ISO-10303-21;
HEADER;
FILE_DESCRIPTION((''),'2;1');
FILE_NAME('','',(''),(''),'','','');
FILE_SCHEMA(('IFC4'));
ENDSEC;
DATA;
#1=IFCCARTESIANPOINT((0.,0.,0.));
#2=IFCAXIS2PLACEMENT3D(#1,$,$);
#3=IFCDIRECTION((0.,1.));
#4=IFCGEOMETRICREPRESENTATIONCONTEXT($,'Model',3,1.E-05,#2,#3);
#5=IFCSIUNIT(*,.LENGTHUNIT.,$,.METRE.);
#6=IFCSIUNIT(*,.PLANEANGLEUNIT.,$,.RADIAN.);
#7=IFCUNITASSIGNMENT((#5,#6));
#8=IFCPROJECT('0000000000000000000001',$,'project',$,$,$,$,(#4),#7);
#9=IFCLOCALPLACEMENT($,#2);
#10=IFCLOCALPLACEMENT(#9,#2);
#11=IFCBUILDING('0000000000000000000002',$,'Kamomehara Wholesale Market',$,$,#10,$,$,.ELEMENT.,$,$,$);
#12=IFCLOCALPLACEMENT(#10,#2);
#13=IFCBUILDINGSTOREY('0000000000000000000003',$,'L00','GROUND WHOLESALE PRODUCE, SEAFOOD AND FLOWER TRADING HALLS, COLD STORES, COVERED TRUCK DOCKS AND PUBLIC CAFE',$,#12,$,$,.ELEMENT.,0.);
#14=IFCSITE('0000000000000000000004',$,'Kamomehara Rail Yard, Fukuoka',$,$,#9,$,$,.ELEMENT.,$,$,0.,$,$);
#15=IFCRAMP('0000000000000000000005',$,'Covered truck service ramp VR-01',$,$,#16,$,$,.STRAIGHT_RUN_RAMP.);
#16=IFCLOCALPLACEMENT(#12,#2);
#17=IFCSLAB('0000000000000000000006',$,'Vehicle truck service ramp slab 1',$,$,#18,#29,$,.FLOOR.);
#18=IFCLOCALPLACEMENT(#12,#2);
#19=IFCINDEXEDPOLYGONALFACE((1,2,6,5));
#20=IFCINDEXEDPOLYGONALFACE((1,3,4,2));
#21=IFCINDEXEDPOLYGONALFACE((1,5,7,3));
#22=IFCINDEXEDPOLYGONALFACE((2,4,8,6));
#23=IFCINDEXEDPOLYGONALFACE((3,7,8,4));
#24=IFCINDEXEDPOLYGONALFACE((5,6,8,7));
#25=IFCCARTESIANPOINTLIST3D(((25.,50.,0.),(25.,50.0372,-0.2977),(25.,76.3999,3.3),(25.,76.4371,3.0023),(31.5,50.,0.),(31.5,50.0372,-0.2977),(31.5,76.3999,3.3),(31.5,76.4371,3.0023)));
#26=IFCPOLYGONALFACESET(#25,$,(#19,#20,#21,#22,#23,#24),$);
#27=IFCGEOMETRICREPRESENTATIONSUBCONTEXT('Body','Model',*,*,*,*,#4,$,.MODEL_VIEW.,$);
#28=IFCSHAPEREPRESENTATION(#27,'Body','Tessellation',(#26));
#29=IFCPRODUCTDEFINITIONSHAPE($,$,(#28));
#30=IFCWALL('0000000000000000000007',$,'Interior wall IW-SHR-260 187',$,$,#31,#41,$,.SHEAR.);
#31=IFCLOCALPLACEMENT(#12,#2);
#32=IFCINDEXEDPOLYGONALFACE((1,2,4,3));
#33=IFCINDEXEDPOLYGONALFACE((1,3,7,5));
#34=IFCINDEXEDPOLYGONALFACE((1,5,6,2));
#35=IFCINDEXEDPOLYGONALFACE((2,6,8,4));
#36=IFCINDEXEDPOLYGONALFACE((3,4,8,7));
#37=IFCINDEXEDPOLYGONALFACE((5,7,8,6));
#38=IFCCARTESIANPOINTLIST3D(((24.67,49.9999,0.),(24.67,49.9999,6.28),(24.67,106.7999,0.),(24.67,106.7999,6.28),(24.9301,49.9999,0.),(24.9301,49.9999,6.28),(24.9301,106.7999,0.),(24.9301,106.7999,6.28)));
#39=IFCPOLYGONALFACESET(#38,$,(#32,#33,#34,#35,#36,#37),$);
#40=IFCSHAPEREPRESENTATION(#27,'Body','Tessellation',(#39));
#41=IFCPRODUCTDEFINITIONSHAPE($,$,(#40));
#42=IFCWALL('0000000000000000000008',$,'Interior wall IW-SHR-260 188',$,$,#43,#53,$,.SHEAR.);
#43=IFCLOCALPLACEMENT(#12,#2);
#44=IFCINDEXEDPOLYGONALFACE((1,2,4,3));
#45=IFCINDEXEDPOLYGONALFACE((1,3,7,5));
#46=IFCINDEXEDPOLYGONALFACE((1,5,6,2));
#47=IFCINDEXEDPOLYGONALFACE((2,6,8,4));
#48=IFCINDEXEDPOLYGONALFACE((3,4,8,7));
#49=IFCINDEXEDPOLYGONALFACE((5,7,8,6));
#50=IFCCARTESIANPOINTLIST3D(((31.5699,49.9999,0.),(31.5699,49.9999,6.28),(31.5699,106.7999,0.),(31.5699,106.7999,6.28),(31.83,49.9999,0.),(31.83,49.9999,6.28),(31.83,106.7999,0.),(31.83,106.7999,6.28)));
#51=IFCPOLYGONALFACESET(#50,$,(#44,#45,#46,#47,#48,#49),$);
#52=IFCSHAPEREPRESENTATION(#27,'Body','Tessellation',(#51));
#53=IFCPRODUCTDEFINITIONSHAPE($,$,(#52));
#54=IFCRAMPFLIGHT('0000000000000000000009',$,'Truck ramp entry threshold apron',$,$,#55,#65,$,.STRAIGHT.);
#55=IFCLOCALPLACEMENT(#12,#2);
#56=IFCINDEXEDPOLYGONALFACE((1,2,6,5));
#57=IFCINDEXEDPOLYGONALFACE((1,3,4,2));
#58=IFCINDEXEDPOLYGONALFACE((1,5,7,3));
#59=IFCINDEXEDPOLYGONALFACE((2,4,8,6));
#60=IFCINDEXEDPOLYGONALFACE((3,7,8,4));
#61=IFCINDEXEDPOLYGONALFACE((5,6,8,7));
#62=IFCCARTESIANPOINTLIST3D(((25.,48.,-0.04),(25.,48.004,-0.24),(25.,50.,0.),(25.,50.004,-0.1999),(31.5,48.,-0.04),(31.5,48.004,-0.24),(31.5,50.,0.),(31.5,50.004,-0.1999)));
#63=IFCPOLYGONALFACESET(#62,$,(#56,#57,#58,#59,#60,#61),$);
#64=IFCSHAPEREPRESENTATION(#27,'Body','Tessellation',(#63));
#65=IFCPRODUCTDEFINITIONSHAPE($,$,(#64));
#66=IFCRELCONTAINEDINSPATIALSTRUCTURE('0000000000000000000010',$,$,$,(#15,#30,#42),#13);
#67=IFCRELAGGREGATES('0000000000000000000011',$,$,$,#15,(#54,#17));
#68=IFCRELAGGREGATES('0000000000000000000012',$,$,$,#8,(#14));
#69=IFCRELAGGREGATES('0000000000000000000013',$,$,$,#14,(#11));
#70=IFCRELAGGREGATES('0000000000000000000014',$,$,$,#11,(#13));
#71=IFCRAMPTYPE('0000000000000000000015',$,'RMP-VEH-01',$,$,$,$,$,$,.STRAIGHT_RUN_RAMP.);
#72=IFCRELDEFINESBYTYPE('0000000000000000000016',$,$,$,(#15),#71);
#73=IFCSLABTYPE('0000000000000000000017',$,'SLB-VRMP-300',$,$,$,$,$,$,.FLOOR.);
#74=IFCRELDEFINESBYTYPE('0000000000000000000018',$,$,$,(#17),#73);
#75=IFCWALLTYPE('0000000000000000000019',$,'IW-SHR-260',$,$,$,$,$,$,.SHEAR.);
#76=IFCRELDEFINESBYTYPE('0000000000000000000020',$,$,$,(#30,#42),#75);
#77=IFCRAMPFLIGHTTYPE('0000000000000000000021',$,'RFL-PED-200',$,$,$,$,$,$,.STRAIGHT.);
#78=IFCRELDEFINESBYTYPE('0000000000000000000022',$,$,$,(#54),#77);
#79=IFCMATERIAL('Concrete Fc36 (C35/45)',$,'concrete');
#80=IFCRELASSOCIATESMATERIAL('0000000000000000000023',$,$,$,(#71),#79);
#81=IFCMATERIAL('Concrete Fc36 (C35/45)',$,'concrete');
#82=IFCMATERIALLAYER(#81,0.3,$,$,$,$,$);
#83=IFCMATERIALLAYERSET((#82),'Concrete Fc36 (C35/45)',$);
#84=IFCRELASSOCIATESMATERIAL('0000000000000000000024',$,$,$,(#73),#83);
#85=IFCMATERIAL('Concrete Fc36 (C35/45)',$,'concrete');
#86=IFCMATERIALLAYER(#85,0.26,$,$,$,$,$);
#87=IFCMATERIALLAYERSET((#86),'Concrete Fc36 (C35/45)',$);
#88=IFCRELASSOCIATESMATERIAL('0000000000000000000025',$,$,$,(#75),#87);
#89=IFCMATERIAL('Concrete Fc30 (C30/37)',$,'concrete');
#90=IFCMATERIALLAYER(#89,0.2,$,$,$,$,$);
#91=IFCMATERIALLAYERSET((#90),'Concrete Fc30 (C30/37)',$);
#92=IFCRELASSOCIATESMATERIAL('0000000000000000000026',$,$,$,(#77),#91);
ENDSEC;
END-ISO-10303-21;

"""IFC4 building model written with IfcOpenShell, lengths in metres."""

from ifc_helpers import new_model, si_unit, direction, frame, frame_2d, origin, place, context, subcontext, project, spatial, polyline, rectangle, outline, extrude, material, layer, layer_set, type_object, element, aggregate, save


model = new_model("IFC4")

# Units and contexts
model_context = context("Model", 3, precision=1e-05, world=origin(), true_north=direction((0.0, 1.0)))
body_context = subcontext(model_context, "Body", "Model", "MODEL_VIEW")
ifc_project = project(units=[si_unit("LENGTHUNIT", "METRE"), si_unit("PLANEANGLEUNIT", "RADIAN")], contexts=[model_context])

# Site, building, storey
site_placement = place(None, origin())
site = spatial("IfcSite", under=ifc_project, at=site_placement, Name="Kamomehara Rail Yard, Fukuoka", CompositionType="ELEMENT", RefElevation=0.0)
building_placement = place(site_placement, origin())
building = spatial("IfcBuilding", under=site, at=building_placement, Name="Kamomehara Wholesale Market", CompositionType="ELEMENT")
storey_placement = place(building_placement, origin())
storey = spatial("IfcBuildingStorey", under=building, at=storey_placement, Name="L00", Description="GROUND WHOLESALE PRODUCE, SEAFOOD AND FLOWER TRADING HALLS, COLD STORES, COVERED TRUCK DOCKS AND PUBLIC CAFE", CompositionType="ELEMENT", Elevation=0.0)

# Ramp, slab
ifc_material_1 = material(Name="Concrete Fc36 (C35/45)", Category="concrete")
ramp_type = type_object("IfcRampType", Name="RMP-VEH-01", PredefinedType="STRAIGHT_RUN_RAMP", material=ifc_material_1)
ramp_placement = place(storey_placement, origin())
ramp = element("IfcRamp", 1, at=ramp_placement, inside=storey, type_object=ramp_type, Name="Covered truck service ramp VR-01", PredefinedType="STRAIGHT_RUN_RAMP")
ifc_material_2 = material(Name="Concrete Fc36 (C35/45)", Category="concrete")
ifc_layer_1 = layer(ifc_material_2, 0.3)
ifc_layer_set_1 = layer_set([ifc_layer_1], Name="Concrete Fc36 (C35/45)")
slab_type = type_object("IfcSlabType", Name="SLB-VRMP-300", PredefinedType="FLOOR", material=ifc_layer_set_1)
slab_placement = place(storey_placement, frame((25.0, 50.0, 0.0), z_axis=(0.0, -0.124037, 0.992278), x_axis=(1.0, 0.0, 0.0)))
slab = element("IfcSlab", 2, at=slab_placement, type_object=slab_type, Name="Vehicle truck service ramp slab 1", PredefinedType="FLOOR", context=body_context, shape_type="SweptSolid", body=[
    extrude(outline(polyline([(0.0, 0.0), (6.5, 0.0), (6.5, 26.6054), (0.0, 26.6054), (0.0, 0.0)])), origin(), (0.0, 0.0, -1.0), 0.3),
])

# Walls
ifc_material_3 = material(Name="Concrete Fc36 (C35/45)", Category="concrete")
ifc_layer_2 = layer(ifc_material_3, 0.26)
ifc_layer_set_2 = layer_set([ifc_layer_2], Name="Concrete Fc36 (C35/45)")
wall_type = type_object("IfcWallType", Name="IW-SHR-260", PredefinedType="SHEAR", material=ifc_layer_set_2)
for number, where, z_axis, x_axis, name in (
    (3, (24.8, 50.0, 0.0), (0.0, 0.0, 1.0), (0.0, 1.0, 0.0), "Interior wall IW-SHR-260 187"),
    (4, (31.7, 50.0, 0.0), (0.0, 0.0, 1.0), (0.0, 1.0, 0.0), "Interior wall IW-SHR-260 188"),
):
    element("IfcWall", number, at=place(storey_placement, frame(where, z_axis=z_axis, x_axis=x_axis)), inside=storey, type_object=wall_type, Name=name, PredefinedType="SHEAR", context=body_context, shape_type="SweptSolid", body=[
        extrude(rectangle(XDim=56.8, YDim=0.26, at=frame_2d((28.3999, 0.0))), origin(), (0.0, 0.0, 1.0), 6.28),
    ])

# Ramp flight
ifc_material_4 = material(Name="Concrete Fc30 (C30/37)", Category="concrete")
ifc_layer_3 = layer(ifc_material_4, 0.2)
ifc_layer_set_3 = layer_set([ifc_layer_3], Name="Concrete Fc30 (C30/37)")
ramp_flight_type = type_object("IfcRampFlightType", Name="RFL-PED-200", PredefinedType="STRAIGHT", material=ifc_layer_set_3)
ramp_flight_placement = place(storey_placement, frame((25.0, 48.0, -0.04), z_axis=(0.0, -0.020016, 0.9998), x_axis=(1.0, 0.0, 0.0)))
ramp_flight = element("IfcRampFlight", 5, at=ramp_flight_placement, type_object=ramp_flight_type, Name="Truck ramp entry threshold apron", PredefinedType="STRAIGHT", context=body_context, shape_type="SweptSolid", body=[
    extrude(outline(polyline([(0.0, 0.0), (6.5, 0.0), (6.5, 2.0004), (0.0, 2.0004), (0.0, 0.0)])), origin(), (0.0, 0.0, -1.0), 0.2),
])
aggregate(ramp, [ramp_flight, slab])

save(model, "model.ifc")
